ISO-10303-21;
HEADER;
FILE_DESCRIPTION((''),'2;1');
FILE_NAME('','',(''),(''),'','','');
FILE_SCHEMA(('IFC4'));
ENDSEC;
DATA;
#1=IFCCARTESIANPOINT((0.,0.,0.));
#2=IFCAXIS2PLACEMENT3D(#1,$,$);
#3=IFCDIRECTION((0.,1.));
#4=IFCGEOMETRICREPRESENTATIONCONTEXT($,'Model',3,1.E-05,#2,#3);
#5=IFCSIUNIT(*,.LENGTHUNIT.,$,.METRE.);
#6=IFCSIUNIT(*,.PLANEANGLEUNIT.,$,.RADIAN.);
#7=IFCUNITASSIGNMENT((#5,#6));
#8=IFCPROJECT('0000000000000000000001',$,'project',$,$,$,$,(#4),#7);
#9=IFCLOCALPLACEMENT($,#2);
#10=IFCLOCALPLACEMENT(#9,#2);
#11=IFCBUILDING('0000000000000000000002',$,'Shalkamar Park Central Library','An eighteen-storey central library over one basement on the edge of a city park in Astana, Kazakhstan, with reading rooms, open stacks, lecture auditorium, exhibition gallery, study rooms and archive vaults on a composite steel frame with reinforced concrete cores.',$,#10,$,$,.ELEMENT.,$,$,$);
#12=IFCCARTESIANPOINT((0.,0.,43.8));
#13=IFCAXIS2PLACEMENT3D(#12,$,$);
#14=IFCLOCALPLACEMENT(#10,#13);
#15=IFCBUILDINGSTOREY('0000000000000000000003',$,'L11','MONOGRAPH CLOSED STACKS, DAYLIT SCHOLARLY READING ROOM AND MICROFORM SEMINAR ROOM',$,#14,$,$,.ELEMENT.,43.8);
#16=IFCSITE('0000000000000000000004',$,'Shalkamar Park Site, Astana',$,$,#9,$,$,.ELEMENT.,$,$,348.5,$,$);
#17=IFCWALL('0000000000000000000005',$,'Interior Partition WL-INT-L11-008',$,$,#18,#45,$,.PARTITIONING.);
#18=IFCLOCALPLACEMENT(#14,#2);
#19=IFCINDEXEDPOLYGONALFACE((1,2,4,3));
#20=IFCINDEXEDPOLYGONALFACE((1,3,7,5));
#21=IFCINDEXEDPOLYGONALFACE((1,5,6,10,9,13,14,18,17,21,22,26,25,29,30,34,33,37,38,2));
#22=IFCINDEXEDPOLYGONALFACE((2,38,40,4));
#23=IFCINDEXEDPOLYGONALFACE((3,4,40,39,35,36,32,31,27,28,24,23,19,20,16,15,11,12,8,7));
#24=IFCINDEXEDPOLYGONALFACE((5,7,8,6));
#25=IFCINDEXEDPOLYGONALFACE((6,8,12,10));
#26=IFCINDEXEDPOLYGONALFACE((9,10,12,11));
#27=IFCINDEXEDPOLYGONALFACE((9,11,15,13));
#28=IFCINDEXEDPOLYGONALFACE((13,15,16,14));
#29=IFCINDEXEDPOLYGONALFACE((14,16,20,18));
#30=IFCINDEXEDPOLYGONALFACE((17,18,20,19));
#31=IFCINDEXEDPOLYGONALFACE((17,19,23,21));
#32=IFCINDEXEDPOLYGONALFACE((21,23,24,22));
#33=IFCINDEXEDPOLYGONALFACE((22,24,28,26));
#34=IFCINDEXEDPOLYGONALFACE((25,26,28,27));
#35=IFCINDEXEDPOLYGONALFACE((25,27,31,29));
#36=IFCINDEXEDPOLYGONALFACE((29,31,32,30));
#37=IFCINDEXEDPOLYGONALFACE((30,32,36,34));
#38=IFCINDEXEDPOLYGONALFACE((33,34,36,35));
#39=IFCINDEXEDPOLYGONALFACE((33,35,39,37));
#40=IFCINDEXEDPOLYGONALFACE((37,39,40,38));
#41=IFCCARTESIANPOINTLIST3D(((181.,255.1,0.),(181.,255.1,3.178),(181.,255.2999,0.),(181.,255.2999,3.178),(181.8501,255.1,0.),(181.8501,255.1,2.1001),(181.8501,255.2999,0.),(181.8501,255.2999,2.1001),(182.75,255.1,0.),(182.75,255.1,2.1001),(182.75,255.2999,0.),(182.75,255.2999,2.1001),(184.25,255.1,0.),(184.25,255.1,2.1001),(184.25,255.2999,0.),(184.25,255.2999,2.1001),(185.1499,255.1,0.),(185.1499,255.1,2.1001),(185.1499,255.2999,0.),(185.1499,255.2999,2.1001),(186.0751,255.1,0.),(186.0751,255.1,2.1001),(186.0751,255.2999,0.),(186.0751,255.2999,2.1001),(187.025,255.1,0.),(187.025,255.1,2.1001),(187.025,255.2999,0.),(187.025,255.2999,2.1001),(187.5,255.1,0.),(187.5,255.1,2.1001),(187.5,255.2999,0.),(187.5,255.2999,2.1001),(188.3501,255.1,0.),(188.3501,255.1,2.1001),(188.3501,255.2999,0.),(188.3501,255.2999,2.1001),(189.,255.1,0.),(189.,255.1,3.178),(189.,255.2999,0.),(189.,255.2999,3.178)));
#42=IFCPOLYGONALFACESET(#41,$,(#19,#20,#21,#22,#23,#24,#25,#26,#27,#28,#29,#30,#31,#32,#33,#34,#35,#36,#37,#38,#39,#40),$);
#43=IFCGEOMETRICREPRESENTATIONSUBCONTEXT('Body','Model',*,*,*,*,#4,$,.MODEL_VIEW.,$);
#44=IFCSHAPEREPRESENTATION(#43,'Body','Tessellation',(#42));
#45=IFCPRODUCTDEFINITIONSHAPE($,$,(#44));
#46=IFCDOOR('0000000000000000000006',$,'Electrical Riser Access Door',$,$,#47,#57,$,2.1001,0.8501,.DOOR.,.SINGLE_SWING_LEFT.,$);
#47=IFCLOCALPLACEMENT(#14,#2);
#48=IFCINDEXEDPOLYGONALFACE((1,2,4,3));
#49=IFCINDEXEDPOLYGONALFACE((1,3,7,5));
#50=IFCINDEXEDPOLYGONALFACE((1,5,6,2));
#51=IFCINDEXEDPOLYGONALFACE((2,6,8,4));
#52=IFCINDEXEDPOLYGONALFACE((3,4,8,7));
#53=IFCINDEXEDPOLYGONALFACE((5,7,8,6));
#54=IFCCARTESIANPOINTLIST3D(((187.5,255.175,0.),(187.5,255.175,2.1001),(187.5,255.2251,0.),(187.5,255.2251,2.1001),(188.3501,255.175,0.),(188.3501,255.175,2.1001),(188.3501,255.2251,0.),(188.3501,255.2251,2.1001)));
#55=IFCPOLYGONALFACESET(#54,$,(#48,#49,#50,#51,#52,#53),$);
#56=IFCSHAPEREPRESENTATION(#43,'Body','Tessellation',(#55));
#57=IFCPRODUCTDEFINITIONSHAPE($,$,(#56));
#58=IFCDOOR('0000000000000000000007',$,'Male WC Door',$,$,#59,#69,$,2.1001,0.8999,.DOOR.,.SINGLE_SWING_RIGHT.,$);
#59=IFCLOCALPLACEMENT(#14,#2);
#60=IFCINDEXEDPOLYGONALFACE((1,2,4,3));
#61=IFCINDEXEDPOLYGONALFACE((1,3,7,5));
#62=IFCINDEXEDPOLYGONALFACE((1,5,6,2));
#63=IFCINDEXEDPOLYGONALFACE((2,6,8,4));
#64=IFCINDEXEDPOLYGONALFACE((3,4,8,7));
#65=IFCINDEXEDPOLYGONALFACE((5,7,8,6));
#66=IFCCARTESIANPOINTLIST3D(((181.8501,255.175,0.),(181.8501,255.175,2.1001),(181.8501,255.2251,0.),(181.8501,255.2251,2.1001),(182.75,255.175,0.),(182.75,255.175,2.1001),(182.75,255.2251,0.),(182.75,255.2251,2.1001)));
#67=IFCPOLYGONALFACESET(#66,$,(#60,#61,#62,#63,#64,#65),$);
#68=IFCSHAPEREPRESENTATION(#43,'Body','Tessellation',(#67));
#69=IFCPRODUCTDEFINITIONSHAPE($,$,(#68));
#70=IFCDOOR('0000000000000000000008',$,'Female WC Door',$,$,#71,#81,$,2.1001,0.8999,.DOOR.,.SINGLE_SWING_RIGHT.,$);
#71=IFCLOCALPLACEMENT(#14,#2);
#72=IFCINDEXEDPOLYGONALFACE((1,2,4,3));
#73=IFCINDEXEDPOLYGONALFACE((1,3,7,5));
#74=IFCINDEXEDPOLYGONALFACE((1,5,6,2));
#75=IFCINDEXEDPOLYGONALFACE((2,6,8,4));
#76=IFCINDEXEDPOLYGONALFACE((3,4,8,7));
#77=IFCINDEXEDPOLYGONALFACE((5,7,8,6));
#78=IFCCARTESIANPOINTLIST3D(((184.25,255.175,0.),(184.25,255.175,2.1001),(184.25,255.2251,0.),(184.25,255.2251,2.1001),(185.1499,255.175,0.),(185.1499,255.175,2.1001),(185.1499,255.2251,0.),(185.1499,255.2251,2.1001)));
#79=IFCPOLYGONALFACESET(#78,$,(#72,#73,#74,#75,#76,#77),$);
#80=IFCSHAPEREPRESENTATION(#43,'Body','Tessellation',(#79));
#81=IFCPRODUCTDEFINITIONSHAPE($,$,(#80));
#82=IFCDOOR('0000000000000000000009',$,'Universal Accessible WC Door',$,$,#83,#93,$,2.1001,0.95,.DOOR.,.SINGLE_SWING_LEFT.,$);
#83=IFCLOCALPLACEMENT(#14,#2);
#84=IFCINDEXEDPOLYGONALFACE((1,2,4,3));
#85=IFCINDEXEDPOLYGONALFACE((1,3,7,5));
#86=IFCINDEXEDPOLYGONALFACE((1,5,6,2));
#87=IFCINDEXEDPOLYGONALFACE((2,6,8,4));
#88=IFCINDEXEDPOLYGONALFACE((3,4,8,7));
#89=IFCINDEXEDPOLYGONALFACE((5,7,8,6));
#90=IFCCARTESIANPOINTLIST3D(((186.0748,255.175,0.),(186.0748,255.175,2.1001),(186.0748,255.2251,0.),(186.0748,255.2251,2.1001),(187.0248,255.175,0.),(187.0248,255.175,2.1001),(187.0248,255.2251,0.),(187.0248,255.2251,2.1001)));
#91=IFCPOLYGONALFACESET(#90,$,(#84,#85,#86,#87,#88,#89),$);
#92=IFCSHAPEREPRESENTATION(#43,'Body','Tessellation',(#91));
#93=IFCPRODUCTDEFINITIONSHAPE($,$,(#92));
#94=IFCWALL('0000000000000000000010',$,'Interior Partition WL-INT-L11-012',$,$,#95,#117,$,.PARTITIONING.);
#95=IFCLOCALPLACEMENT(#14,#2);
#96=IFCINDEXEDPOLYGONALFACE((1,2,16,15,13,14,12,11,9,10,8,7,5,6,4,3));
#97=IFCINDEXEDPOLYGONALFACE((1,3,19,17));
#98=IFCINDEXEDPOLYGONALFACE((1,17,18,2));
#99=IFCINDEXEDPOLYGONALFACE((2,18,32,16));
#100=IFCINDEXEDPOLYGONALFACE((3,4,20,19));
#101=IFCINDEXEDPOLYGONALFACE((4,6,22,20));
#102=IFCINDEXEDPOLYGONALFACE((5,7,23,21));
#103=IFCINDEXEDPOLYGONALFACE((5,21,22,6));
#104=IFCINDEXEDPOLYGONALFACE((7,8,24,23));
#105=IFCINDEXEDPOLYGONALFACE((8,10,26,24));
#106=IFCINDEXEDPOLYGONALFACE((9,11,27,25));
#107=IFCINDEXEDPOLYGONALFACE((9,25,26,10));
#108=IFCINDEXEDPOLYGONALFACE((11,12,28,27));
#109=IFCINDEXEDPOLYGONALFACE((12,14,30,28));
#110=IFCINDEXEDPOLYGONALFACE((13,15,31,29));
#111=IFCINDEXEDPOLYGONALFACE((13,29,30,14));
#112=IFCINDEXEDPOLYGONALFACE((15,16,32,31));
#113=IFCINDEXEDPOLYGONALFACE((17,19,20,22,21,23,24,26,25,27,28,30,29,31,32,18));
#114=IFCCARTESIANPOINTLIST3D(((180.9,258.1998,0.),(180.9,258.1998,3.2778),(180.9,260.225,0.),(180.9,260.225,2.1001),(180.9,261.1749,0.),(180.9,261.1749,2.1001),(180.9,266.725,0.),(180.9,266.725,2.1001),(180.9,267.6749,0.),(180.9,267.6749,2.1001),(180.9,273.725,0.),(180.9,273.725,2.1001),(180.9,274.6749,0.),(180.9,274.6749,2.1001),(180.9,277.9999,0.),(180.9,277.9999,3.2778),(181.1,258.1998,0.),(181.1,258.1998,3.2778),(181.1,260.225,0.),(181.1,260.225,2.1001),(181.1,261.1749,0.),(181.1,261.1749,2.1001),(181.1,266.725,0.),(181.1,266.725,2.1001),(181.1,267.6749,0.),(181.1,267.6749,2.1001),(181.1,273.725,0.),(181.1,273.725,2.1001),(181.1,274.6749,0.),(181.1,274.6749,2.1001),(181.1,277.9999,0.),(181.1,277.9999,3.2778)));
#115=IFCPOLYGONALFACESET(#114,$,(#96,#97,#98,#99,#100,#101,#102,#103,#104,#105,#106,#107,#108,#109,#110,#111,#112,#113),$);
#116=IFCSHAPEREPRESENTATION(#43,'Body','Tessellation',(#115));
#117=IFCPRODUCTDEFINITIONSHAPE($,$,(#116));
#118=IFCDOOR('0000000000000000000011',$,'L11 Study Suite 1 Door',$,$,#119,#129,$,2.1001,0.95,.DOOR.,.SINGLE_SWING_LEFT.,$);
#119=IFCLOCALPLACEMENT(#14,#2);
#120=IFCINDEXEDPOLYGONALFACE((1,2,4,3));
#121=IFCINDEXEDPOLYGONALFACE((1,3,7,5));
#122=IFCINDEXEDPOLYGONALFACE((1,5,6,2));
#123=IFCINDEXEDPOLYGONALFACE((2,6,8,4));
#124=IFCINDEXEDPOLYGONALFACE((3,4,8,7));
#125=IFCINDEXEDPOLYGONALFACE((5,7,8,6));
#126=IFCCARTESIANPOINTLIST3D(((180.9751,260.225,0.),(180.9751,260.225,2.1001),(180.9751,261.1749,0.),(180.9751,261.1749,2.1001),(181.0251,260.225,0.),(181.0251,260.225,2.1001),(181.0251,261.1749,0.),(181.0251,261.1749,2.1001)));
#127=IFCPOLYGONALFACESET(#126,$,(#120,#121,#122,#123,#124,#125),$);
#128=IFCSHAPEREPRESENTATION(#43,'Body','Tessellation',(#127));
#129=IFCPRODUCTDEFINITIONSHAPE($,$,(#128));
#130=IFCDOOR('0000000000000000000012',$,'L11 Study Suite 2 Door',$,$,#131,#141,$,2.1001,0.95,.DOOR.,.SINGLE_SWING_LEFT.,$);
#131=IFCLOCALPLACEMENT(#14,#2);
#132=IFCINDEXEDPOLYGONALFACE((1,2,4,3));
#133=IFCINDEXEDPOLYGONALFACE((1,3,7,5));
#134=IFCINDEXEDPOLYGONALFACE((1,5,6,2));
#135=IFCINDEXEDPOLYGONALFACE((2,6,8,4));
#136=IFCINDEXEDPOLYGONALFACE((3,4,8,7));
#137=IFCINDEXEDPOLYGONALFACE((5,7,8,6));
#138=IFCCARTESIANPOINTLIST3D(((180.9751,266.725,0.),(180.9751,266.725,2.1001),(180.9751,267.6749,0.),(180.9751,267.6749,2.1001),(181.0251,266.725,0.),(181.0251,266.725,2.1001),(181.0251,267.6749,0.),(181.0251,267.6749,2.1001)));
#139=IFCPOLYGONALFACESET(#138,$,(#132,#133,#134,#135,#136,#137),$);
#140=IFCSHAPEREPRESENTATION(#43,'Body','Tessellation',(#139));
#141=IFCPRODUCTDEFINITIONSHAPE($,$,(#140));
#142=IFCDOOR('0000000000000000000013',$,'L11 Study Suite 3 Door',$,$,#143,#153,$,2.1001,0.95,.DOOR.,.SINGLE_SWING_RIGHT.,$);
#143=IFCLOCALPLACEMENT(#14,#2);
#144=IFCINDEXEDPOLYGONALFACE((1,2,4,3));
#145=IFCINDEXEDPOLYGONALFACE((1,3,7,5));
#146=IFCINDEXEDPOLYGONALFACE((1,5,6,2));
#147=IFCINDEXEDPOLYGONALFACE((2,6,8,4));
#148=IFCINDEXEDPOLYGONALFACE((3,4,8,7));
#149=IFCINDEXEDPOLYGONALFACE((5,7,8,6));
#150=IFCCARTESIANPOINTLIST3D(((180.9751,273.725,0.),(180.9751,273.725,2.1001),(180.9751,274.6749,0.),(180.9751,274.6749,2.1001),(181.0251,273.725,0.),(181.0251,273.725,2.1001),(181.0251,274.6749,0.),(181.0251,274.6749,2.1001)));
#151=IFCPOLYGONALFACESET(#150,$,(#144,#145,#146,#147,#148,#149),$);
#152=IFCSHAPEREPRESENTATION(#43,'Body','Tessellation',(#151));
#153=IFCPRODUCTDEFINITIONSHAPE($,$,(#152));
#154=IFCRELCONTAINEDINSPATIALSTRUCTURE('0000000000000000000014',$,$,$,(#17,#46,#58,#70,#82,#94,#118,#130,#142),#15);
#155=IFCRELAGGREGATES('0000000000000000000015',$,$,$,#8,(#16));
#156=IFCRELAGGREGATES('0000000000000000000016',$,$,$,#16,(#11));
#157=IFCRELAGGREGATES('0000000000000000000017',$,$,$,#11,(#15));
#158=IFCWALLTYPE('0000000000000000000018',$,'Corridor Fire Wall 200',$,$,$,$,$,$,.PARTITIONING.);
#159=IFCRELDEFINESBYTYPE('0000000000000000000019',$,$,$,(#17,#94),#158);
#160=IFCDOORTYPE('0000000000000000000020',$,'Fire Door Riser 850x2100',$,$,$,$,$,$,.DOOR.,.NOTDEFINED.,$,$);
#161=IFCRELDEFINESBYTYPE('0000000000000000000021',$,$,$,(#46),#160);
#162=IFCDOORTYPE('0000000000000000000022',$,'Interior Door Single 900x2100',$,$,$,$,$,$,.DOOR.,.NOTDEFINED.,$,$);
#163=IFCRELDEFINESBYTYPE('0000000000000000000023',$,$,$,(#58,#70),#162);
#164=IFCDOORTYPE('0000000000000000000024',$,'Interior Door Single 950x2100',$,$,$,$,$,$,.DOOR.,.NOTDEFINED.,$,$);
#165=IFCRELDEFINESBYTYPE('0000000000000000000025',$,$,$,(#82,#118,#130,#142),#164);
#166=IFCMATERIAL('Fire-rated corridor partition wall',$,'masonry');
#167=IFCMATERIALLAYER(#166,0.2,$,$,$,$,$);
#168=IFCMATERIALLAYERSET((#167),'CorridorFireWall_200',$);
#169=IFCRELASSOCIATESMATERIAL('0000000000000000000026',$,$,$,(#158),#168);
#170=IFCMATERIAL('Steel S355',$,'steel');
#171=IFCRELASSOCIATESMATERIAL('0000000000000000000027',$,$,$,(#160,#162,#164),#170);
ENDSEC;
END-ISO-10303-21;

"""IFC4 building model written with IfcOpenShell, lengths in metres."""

from ifc_helpers import new_model, si_unit, direction, frame, frame_2d, origin, place, context, subcontext, project, spatial, rectangle, extrude, material, layer, layer_set, type_object, element, fill, save


model = new_model("IFC4")

# Units and contexts
model_context = context("Model", 3, precision=1e-05, world=origin(), true_north=direction((0.0, 1.0)))
body_context = subcontext(model_context, "Body", "Model", "MODEL_VIEW")
ifc_project = project(units=[si_unit("LENGTHUNIT", "METRE"), si_unit("PLANEANGLEUNIT", "RADIAN")], contexts=[model_context])

# Site, building, storey
site_placement = place(None, origin())
site = spatial("IfcSite", under=ifc_project, at=site_placement, Name="Shalkamar Park Site, Astana", CompositionType="ELEMENT", RefElevation=348.5)
building_placement = place(site_placement, origin())
building = spatial("IfcBuilding", under=site, at=building_placement, Name="Shalkamar Park Central Library", Description="An eighteen-storey central library over one basement on the edge of a city park in Astana, Kazakhstan, with reading rooms, open stacks, lecture auditorium, exhibition gallery, study rooms and archive vaults on a composite steel frame with reinforced concrete cores.", CompositionType="ELEMENT")
storey_placement = place(building_placement, frame((0.0, 0.0, 43.8)))
storey = spatial("IfcBuildingStorey", under=building, at=storey_placement, Name="L11", Description="MONOGRAPH CLOSED STACKS, DAYLIT SCHOLARLY READING ROOM AND MICROFORM SEMINAR ROOM", CompositionType="ELEMENT", Elevation=43.8)

# Shared definitions
ifc_material_1 = material(Name="Steel S355", Category="steel")

# Walls, openings, doors
ifc_material_2 = material(Name="Fire-rated corridor partition wall", Category="masonry")
ifc_layer = layer(ifc_material_2, 0.2)
ifc_layer_set = layer_set([ifc_layer], Name="CorridorFireWall_200")
wall_type = type_object("IfcWallType", Name="Corridor Fire Wall 200", PredefinedType="PARTITIONING", material=ifc_layer_set)
wall_1_placement = place(storey_placement, frame((181.0, 255.2, 0.0), z_axis=(0.0, 0.0, 1.0), x_axis=(1.0, 0.0, 0.0)))
wall_1 = element("IfcWall", 1, at=wall_1_placement, inside=storey, type_object=wall_type, Name="Interior Partition WL-INT-L11-008", PredefinedType="PARTITIONING", context=body_context, shape_type="SweptSolid", body=[
    extrude(rectangle(XDim=8.0, YDim=0.2, at=frame_2d((4.0, 0.0))), origin(), (0.0, 0.0, 1.0), 3.178),
])
opening_1_placement = place(wall_1_placement, frame((0.8501, 0.0, 0.0)))
opening_1 = element("IfcOpeningElement", 2, at=opening_1_placement, cuts=wall_1, PredefinedType="OPENING", context=body_context, shape_type="SweptSolid", body=[
    extrude(rectangle(XDim=0.8999, YDim=2.1001, at=frame_2d((0.45, 1.05))), frame((0.0, 0.1147, 0.0), z_axis=(0.0, -1.0, 0.0), x_axis=(1.0, 0.0, 0.0)), (0.0, 0.0, 1.0), 0.2297),
])
opening_2_placement = place(wall_1_placement, frame((3.25, 0.0, 0.0)))
opening_2 = element("IfcOpeningElement", 3, at=opening_2_placement, cuts=wall_1, PredefinedType="OPENING", context=body_context, shape_type="SweptSolid", body=[
    extrude(rectangle(XDim=0.8999, YDim=2.1001, at=frame_2d((0.45, 1.05))), frame((0.0, 0.1147, 0.0), z_axis=(0.0, -1.0, 0.0), x_axis=(1.0, 0.0, 0.0)), (0.0, 0.0, 1.0), 0.2297),
])
opening_3_placement = place(wall_1_placement, frame((5.075, 0.0, 0.0)))
opening_3 = element("IfcOpeningElement", 4, at=opening_3_placement, cuts=wall_1, PredefinedType="OPENING", context=body_context, shape_type="SweptSolid", body=[
    extrude(rectangle(XDim=0.95, YDim=2.1001, at=frame_2d((0.4751, 1.05))), frame((0.0, 0.1147, 0.0), z_axis=(0.0, -1.0, 0.0), x_axis=(1.0, 0.0, 0.0)), (0.0, 0.0, 1.0), 0.2297),
])
opening_4_placement = place(wall_1_placement, frame((6.5, 0.0, 0.0)))
opening_4 = element("IfcOpeningElement", 5, at=opening_4_placement, cuts=wall_1, PredefinedType="OPENING", context=body_context, shape_type="SweptSolid", body=[
    extrude(rectangle(XDim=0.8501, YDim=2.1001, at=frame_2d((0.425, 1.05))), frame((0.0, 0.1147, 0.0), z_axis=(0.0, -1.0, 0.0), x_axis=(1.0, 0.0, 0.0)), (0.0, 0.0, 1.0), 0.2297),
])
door_type_1 = type_object("IfcDoorType", Name="Fire Door Riser 850x2100", OperationType="NOTDEFINED", PredefinedType="DOOR", material=ifc_material_1)
door_1_placement = place(opening_4_placement, frame((0.8501, 0.0, 0.0), z_axis=(0.0, 0.0, 1.0), x_axis=(-1.0, 0.0, 0.0)))
door_1 = element("IfcDoor", 6, at=door_1_placement, inside=storey, type_object=door_type_1, Name="Electrical Riser Access Door", OperationType="SINGLE_SWING_LEFT", OverallHeight=2.1001, OverallWidth=0.8501, PredefinedType="DOOR", context=body_context, shape_type="SweptSolid", body=[
    extrude(rectangle(XDim=0.8501, YDim=2.1001, at=frame_2d((0.425, 1.05))), frame((0.0, 0.0249, 0.0), z_axis=(0.0, -1.0, 0.0), x_axis=(1.0, 0.0, 0.0)), (0.0, 0.0, 1.0), 0.05),
])
fill(opening_4, door_1)
door_type_2 = type_object("IfcDoorType", Name="Interior Door Single 900x2100", OperationType="NOTDEFINED", PredefinedType="DOOR", material=ifc_material_1)
door_2_placement = place(opening_1_placement, frame((0.8999, 0.0, 0.0), z_axis=(0.0, 0.0, 1.0), x_axis=(-1.0, 0.0, 0.0)))
door_2 = element("IfcDoor", 7, at=door_2_placement, inside=storey, type_object=door_type_2, Name="Male WC Door", OperationType="SINGLE_SWING_RIGHT", OverallHeight=2.1001, OverallWidth=0.8999, PredefinedType="DOOR", context=body_context, shape_type="SweptSolid", body=[
    extrude(rectangle(XDim=0.8999, YDim=2.1001, at=frame_2d((0.45, 1.05))), frame((0.0, 0.0249, 0.0), z_axis=(0.0, -1.0, 0.0), x_axis=(1.0, 0.0, 0.0)), (0.0, 0.0, 1.0), 0.05),
])
fill(opening_1, door_2)
door_3_placement = place(opening_2_placement, frame((0.8999, 0.0, 0.0), z_axis=(0.0, 0.0, 1.0), x_axis=(-1.0, 0.0, 0.0)))
door_3 = element("IfcDoor", 8, at=door_3_placement, inside=storey, type_object=door_type_2, Name="Female WC Door", OperationType="SINGLE_SWING_RIGHT", OverallHeight=2.1001, OverallWidth=0.8999, PredefinedType="DOOR", context=body_context, shape_type="SweptSolid", body=[
    extrude(rectangle(XDim=0.8999, YDim=2.1001, at=frame_2d((0.45, 1.05))), frame((0.0, 0.0249, 0.0), z_axis=(0.0, -1.0, 0.0), x_axis=(1.0, 0.0, 0.0)), (0.0, 0.0, 1.0), 0.05),
])
fill(opening_2, door_3)
door_type_3 = type_object("IfcDoorType", Name="Interior Door Single 950x2100", OperationType="NOTDEFINED", PredefinedType="DOOR", material=ifc_material_1)
door_4_placement = place(opening_3_placement, frame((0.95, 0.0, 0.0), z_axis=(0.0, 0.0, 1.0), x_axis=(-1.0, 0.0, 0.0)))
door_4 = element("IfcDoor", 9, at=door_4_placement, inside=storey, type_object=door_type_3, Name="Universal Accessible WC Door", OperationType="SINGLE_SWING_LEFT", OverallHeight=2.1001, OverallWidth=0.95, PredefinedType="DOOR", context=body_context, shape_type="SweptSolid", body=[
    extrude(rectangle(XDim=0.95, YDim=2.1001, at=frame_2d((0.4751, 1.05))), frame((0.0, 0.0249, 0.0), z_axis=(0.0, -1.0, 0.0), x_axis=(1.0, 0.0, 0.0)), (0.0, 0.0, 1.0), 0.05),
])
fill(opening_3, door_4)
wall_2_placement = place(storey_placement, frame((181.0, 258.2, 0.0), z_axis=(0.0, 0.0, 1.0), x_axis=(0.0, 1.0, 0.0)))
wall_2 = element("IfcWall", 10, at=wall_2_placement, inside=storey, type_object=wall_type, Name="Interior Partition WL-INT-L11-012", PredefinedType="PARTITIONING", context=body_context, shape_type="SweptSolid", body=[
    extrude(rectangle(XDim=19.8, YDim=0.2, at=frame_2d((9.8999, 0.0))), origin(), (0.0, 0.0, 1.0), 3.2778),
])
opening_5_placement = place(wall_2_placement, frame((2.0249, 0.0, 0.0)))
opening_5 = element("IfcOpeningElement", 11, at=opening_5_placement, cuts=wall_2, PredefinedType="OPENING", context=body_context, shape_type="SweptSolid", body=[
    extrude(rectangle(XDim=0.95, YDim=2.1001, at=frame_2d((0.4751, 1.05))), frame((0.0, 0.1147, 0.0), z_axis=(0.0, -1.0, 0.0), x_axis=(1.0, 0.0, 0.0)), (0.0, 0.0, 1.0), 0.2297),
])
opening_6_placement = place(wall_2_placement, frame((8.5249, 0.0, 0.0)))
opening_6 = element("IfcOpeningElement", 12, at=opening_6_placement, cuts=wall_2, PredefinedType="OPENING", context=body_context, shape_type="SweptSolid", body=[
    extrude(rectangle(XDim=0.95, YDim=2.1001, at=frame_2d((0.4751, 1.05))), frame((0.0, 0.1147, 0.0), z_axis=(0.0, -1.0, 0.0), x_axis=(1.0, 0.0, 0.0)), (0.0, 0.0, 1.0), 0.2297),
])
opening_7_placement = place(wall_2_placement, frame((15.5249, 0.0, 0.0)))
opening_7 = element("IfcOpeningElement", 13, at=opening_7_placement, cuts=wall_2, PredefinedType="OPENING", context=body_context, shape_type="SweptSolid", body=[
    extrude(rectangle(XDim=0.95, YDim=2.1001, at=frame_2d((0.4751, 1.05))), frame((0.0, 0.1147, 0.0), z_axis=(0.0, -1.0, 0.0), x_axis=(1.0, 0.0, 0.0)), (0.0, 0.0, 1.0), 0.2297),
])
door_5_placement = place(opening_5_placement, origin())
door_5 = element("IfcDoor", 14, at=door_5_placement, inside=storey, type_object=door_type_3, Name="L11 Study Suite 1 Door", OperationType="SINGLE_SWING_LEFT", OverallHeight=2.1001, OverallWidth=0.95, PredefinedType="DOOR", context=body_context, shape_type="SweptSolid", body=[
    extrude(rectangle(XDim=0.95, YDim=2.1001, at=frame_2d((0.4751, 1.05))), frame((0.0, 0.0249, 0.0), z_axis=(0.0, -1.0, 0.0), x_axis=(1.0, 0.0, 0.0)), (0.0, 0.0, 1.0), 0.05),
])
fill(opening_5, door_5)
door_6_placement = place(opening_6_placement, origin())
door_6 = element("IfcDoor", 15, at=door_6_placement, inside=storey, type_object=door_type_3, Name="L11 Study Suite 2 Door", OperationType="SINGLE_SWING_LEFT", OverallHeight=2.1001, OverallWidth=0.95, PredefinedType="DOOR", context=body_context, shape_type="SweptSolid", body=[
    extrude(rectangle(XDim=0.95, YDim=2.1001, at=frame_2d((0.4751, 1.05))), frame((0.0, 0.0249, 0.0), z_axis=(0.0, -1.0, 0.0), x_axis=(1.0, 0.0, 0.0)), (0.0, 0.0, 1.0), 0.05),
])
fill(opening_6, door_6)
door_7_placement = place(opening_7_placement, origin())
door_7 = element("IfcDoor", 16, at=door_7_placement, inside=storey, type_object=door_type_3, Name="L11 Study Suite 3 Door", OperationType="SINGLE_SWING_RIGHT", OverallHeight=2.1001, OverallWidth=0.95, PredefinedType="DOOR", context=body_context, shape_type="SweptSolid", body=[
    extrude(rectangle(XDim=0.95, YDim=2.1001, at=frame_2d((0.4751, 1.05))), frame((0.0, 0.0249, 0.0), z_axis=(0.0, -1.0, 0.0), x_axis=(1.0, 0.0, 0.0)), (0.0, 0.0, 1.0), 0.05),
])
fill(opening_7, door_7)

save(model, "model.ifc")
